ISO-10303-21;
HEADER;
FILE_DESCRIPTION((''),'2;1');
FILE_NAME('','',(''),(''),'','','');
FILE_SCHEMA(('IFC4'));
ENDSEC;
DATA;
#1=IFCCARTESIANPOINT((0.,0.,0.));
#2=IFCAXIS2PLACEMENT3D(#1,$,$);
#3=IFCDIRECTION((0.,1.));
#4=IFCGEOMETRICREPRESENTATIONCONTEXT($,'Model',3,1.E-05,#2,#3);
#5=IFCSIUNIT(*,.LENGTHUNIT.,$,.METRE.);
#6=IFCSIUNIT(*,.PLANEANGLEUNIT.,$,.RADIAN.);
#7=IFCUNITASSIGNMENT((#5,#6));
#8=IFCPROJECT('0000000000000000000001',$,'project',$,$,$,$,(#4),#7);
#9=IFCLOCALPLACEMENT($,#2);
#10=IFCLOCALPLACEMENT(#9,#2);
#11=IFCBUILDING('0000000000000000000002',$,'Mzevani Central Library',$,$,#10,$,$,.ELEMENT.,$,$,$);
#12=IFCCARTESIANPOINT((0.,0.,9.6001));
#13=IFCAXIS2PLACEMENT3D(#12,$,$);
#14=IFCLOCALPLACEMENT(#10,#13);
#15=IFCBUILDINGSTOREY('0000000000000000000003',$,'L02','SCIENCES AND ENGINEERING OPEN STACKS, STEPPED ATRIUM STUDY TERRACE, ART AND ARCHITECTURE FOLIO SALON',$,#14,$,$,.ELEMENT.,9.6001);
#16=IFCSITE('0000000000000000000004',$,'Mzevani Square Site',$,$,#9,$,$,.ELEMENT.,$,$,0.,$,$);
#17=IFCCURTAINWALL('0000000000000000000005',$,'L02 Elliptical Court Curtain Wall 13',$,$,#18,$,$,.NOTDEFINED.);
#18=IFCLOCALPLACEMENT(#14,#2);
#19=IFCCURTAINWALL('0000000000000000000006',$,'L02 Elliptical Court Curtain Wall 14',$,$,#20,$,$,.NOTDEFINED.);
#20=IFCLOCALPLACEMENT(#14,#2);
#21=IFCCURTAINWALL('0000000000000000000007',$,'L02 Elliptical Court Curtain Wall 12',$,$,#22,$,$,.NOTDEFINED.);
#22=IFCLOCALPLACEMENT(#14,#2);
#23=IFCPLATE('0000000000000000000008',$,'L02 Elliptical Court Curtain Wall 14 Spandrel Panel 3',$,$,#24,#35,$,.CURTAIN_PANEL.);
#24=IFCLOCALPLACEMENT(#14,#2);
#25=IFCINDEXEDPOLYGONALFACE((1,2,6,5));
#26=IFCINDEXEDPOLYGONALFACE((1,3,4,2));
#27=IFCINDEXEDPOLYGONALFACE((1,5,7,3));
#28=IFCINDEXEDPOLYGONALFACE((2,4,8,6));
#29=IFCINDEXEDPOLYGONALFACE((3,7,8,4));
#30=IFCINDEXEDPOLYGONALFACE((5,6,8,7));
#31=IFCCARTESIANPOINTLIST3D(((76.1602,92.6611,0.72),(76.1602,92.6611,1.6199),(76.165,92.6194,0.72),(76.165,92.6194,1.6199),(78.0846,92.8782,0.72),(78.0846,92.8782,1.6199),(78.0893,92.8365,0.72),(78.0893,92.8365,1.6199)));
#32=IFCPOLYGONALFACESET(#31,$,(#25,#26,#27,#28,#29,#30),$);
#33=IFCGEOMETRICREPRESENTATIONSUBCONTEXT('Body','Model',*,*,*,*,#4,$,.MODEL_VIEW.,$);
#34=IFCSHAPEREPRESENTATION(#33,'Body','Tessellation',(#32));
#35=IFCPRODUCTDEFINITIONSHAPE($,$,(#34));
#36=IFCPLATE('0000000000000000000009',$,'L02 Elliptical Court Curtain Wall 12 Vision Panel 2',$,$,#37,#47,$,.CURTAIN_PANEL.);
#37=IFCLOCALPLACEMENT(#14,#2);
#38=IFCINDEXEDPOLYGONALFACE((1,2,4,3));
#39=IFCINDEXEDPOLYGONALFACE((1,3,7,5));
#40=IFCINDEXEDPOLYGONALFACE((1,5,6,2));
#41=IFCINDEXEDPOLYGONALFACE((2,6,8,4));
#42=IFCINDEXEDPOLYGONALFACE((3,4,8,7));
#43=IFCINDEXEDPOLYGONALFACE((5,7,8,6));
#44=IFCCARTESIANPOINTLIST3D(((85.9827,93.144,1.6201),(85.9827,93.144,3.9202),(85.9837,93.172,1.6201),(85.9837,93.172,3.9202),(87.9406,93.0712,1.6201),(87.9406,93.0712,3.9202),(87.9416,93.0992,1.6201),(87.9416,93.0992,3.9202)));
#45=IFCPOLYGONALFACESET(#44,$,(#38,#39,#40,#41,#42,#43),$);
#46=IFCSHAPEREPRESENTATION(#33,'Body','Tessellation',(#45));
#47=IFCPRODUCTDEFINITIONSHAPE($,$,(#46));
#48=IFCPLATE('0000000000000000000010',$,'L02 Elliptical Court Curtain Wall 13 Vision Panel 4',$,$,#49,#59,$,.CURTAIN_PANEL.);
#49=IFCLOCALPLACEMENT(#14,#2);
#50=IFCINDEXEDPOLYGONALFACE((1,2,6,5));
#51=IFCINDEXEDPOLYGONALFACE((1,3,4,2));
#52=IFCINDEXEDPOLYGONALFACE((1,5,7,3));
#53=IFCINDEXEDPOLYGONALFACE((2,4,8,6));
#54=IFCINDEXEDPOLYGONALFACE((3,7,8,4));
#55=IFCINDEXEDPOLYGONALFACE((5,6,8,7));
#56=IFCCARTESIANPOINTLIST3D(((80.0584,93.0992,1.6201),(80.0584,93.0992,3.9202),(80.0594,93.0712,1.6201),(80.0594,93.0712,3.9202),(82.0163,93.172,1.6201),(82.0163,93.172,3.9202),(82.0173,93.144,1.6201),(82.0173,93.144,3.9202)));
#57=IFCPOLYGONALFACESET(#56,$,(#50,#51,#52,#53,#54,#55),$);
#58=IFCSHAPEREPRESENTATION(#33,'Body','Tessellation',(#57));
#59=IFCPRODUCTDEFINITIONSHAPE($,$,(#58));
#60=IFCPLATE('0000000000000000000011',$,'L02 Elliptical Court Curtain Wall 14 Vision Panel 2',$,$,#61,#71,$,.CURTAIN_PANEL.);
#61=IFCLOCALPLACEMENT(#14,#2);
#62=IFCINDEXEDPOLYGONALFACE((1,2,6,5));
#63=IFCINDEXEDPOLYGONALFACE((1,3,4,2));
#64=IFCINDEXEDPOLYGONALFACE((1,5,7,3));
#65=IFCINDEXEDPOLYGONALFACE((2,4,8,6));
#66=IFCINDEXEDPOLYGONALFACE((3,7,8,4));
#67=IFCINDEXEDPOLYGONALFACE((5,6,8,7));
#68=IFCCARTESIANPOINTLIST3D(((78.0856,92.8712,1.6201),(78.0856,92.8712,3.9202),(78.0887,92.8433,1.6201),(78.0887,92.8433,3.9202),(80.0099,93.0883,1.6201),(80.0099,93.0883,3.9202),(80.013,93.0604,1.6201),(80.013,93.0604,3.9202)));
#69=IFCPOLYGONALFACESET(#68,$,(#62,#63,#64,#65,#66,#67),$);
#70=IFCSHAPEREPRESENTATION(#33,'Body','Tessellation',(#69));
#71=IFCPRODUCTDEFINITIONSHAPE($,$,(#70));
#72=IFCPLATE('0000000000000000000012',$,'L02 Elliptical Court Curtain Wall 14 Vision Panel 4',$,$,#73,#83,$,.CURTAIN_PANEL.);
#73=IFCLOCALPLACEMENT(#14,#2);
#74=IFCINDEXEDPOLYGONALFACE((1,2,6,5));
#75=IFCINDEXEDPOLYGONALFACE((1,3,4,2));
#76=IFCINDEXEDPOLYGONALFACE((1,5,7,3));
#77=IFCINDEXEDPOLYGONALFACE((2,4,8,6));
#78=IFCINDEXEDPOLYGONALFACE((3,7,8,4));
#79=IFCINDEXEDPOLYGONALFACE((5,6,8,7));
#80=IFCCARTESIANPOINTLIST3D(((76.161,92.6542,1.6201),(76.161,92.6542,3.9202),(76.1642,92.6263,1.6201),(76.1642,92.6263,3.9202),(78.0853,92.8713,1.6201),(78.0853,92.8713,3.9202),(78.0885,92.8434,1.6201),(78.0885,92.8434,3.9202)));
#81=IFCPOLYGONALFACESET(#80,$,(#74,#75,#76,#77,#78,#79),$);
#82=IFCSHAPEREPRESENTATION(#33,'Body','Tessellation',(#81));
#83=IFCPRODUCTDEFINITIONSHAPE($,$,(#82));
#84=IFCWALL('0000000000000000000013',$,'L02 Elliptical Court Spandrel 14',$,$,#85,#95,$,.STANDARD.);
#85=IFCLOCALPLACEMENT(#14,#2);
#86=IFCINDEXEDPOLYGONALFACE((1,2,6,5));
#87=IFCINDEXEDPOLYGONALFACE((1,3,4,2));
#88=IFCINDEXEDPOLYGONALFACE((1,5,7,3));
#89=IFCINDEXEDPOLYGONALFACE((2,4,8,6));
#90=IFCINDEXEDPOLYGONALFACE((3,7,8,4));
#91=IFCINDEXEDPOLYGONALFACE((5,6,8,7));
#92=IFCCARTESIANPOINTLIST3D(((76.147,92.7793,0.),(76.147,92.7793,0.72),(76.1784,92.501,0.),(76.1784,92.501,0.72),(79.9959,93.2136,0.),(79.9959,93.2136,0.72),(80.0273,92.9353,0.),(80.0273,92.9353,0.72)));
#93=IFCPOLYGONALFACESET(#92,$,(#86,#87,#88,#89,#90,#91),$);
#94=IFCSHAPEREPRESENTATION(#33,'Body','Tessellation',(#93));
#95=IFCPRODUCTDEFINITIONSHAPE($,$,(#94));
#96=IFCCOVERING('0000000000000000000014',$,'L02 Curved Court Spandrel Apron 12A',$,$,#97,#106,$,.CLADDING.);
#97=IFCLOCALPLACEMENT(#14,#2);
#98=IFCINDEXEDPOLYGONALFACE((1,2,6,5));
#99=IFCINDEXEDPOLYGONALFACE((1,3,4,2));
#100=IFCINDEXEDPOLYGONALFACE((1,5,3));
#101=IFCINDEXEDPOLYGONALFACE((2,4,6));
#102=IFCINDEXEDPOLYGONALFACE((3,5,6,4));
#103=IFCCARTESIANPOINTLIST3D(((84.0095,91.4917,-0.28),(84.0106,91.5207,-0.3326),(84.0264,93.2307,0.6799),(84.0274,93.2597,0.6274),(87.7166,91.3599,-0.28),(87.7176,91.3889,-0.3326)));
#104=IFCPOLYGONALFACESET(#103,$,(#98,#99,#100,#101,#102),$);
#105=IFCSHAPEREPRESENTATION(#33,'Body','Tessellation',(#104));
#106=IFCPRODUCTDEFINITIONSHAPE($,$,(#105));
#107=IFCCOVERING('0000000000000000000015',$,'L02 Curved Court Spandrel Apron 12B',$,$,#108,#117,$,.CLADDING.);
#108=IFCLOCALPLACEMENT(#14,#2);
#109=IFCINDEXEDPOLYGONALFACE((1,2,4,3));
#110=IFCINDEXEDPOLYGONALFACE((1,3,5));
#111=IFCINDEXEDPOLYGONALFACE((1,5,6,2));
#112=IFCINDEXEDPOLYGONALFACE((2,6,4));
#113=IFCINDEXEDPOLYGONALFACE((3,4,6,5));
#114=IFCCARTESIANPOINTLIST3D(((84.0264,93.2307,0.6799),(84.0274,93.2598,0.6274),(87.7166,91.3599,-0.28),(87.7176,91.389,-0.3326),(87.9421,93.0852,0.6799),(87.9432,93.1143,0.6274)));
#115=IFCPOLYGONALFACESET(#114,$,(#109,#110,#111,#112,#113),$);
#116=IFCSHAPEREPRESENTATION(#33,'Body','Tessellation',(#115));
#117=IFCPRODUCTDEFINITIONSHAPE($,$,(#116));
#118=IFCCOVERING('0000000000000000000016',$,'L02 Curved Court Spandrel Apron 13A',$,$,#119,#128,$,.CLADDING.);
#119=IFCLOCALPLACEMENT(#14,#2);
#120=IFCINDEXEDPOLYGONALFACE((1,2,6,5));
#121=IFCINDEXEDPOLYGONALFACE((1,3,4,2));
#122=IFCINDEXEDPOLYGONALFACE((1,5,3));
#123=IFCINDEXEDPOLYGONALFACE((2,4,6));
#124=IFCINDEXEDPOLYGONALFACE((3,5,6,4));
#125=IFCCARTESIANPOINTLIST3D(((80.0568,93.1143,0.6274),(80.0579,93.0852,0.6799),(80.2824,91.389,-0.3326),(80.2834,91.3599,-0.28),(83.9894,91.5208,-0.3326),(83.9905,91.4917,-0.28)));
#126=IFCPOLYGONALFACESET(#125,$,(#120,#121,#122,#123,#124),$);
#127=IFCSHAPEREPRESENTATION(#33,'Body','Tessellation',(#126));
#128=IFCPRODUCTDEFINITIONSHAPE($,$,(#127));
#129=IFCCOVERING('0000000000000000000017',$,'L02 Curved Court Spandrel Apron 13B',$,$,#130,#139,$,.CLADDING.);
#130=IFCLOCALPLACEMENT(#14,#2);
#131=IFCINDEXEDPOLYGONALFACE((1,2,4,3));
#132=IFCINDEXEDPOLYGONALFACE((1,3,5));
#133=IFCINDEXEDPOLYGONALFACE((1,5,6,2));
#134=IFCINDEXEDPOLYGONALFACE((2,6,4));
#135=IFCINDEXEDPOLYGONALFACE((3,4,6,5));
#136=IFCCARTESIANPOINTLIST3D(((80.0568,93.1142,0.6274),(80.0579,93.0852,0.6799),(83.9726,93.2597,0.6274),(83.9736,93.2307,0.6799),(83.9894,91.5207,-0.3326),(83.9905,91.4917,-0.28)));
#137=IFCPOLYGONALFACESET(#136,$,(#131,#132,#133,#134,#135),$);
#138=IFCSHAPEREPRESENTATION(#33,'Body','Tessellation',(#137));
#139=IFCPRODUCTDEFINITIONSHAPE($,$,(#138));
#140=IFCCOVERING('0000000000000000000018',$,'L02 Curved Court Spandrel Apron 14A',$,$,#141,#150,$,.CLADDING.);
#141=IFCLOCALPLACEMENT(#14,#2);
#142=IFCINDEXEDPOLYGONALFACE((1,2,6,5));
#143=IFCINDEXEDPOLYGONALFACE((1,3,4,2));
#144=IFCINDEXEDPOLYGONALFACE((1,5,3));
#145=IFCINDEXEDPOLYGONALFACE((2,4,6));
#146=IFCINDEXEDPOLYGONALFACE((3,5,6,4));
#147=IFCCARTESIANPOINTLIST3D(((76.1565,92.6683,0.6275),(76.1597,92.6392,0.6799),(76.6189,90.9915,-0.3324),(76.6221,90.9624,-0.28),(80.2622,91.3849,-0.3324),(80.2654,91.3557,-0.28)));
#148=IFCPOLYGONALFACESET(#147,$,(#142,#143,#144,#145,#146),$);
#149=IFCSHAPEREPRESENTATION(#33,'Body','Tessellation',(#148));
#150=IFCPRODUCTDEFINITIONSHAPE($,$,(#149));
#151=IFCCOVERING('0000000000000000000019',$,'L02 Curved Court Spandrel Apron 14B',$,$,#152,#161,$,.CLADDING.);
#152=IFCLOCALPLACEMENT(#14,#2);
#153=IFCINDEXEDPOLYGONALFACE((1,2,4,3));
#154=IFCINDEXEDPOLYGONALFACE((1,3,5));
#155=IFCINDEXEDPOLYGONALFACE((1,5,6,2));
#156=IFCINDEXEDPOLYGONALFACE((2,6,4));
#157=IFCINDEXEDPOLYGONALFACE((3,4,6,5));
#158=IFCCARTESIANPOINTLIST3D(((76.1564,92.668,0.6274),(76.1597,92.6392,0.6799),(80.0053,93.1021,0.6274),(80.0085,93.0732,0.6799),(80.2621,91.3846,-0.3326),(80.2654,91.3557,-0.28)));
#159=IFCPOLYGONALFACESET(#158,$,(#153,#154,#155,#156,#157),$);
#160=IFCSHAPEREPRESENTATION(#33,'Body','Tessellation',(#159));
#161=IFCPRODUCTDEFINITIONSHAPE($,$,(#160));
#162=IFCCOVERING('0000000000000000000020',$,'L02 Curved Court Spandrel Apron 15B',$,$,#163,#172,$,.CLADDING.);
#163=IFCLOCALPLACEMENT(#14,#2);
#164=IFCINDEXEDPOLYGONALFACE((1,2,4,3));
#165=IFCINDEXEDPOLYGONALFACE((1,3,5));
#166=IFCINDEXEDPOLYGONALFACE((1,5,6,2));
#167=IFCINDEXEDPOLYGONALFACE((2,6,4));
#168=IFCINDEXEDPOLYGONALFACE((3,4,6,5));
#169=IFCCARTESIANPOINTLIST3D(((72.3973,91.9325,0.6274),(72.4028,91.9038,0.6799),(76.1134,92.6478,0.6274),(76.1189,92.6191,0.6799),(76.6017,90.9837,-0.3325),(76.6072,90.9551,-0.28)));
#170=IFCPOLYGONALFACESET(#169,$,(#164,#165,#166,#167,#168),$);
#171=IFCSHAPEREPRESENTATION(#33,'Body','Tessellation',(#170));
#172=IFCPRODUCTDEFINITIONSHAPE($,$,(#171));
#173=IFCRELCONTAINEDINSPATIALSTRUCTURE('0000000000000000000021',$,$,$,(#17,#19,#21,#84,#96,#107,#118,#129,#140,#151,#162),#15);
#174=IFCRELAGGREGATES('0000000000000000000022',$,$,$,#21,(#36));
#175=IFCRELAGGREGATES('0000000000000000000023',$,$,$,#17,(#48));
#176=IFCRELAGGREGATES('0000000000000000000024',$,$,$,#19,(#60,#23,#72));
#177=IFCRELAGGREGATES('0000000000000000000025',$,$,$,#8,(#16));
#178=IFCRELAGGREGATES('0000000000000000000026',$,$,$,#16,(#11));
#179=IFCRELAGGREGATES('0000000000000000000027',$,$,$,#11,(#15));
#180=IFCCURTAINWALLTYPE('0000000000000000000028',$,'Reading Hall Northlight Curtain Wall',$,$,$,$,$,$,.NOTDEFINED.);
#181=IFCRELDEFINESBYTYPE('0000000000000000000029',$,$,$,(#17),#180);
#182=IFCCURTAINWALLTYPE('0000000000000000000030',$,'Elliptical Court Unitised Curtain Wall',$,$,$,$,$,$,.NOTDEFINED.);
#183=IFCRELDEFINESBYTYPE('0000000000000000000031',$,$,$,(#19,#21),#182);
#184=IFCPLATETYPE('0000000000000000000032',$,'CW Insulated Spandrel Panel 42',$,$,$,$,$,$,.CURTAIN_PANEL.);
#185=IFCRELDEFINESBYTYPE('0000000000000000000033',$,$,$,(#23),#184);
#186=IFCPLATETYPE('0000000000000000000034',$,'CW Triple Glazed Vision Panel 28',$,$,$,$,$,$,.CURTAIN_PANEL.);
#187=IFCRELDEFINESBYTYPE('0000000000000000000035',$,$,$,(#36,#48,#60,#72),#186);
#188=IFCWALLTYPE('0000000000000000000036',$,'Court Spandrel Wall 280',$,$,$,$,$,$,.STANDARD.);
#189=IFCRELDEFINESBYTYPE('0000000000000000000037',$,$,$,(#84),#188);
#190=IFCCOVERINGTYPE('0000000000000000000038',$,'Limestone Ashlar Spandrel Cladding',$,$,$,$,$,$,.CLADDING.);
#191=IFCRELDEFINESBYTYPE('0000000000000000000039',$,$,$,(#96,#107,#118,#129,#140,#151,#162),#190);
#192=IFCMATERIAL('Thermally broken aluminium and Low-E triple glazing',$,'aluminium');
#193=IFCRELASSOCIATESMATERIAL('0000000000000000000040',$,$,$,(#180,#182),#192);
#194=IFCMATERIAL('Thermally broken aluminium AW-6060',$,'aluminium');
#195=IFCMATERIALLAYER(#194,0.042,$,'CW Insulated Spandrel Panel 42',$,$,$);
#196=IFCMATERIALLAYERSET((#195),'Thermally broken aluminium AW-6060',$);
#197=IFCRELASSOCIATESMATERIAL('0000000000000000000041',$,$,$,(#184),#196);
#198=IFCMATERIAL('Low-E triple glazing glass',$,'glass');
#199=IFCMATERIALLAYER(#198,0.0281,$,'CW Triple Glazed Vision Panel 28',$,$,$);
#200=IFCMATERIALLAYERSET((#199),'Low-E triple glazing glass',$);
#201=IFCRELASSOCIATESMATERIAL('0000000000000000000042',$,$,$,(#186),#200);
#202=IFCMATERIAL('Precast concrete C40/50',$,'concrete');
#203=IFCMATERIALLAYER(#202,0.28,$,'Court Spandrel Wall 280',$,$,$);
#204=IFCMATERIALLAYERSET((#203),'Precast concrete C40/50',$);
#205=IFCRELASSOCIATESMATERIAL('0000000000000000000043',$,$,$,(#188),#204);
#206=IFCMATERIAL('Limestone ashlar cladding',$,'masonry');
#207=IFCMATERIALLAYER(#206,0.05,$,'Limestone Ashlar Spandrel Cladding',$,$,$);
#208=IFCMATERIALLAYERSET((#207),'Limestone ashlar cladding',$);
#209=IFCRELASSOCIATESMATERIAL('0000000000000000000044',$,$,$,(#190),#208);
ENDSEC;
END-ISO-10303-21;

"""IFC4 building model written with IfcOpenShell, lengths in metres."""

from ifc_helpers import new_model, si_unit, direction, frame, frame_2d, origin, origin_2d, place, context, subcontext, project, spatial, polyline, rectangle, outline, extrude, material, layer, layer_set, type_object, element, aggregate, save


model = new_model("IFC4")

# Units and contexts
model_context = context("Model", 3, precision=1e-05, world=origin(), true_north=direction((0.0, 1.0)))
body_context = subcontext(model_context, "Body", "Model", "MODEL_VIEW")
ifc_project = project(units=[si_unit("LENGTHUNIT", "METRE"), si_unit("PLANEANGLEUNIT", "RADIAN")], contexts=[model_context])

# Site, building, storey
site_placement = place(None, origin())
site = spatial("IfcSite", under=ifc_project, at=site_placement, Name="Mzevani Square Site", CompositionType="ELEMENT", RefElevation=0.0)
building_placement = place(site_placement, origin())
building = spatial("IfcBuilding", under=site, at=building_placement, Name="Mzevani Central Library", CompositionType="ELEMENT")
storey_placement = place(building_placement, frame((0.0, 0.0, 9.6001)))
storey = spatial("IfcBuildingStorey", under=building, at=storey_placement, Name="L02", Description="SCIENCES AND ENGINEERING OPEN STACKS, STEPPED ATRIUM STUDY TERRACE, ART AND ARCHITECTURE FOLIO SALON", CompositionType="ELEMENT", Elevation=9.6001)

# Curtain walls
ifc_material_1 = material(Name="Thermally broken aluminium and Low-E triple glazing", Category="aluminium")
curtain_wall_type_1 = type_object("IfcCurtainWallType", Name="Reading Hall Northlight Curtain Wall", PredefinedType="NOTDEFINED", material=ifc_material_1)
curtain_wall_1_placement = place(storey_placement, origin())
curtain_wall_1 = element("IfcCurtainWall", 1, at=curtain_wall_1_placement, inside=storey, type_object=curtain_wall_type_1, Name="L02 Elliptical Court Curtain Wall 13", PredefinedType="NOTDEFINED")
ifc_material_2 = material(Name="Thermally broken aluminium AW-6060", Category="aluminium")
curtain_wall_type_2 = type_object("IfcCurtainWallType", Name="Elliptical Court Unitised Curtain Wall", PredefinedType="NOTDEFINED", material=ifc_material_1)
curtain_wall_2_placement = place(storey_placement, origin())
curtain_wall_2 = element("IfcCurtainWall", 2, at=curtain_wall_2_placement, inside=storey, type_object=curtain_wall_type_2, Name="L02 Elliptical Court Curtain Wall 14", PredefinedType="NOTDEFINED")

# Curtain wall
curtain_wall_3_placement = place(storey_placement, origin())
curtain_wall_3 = element("IfcCurtainWall", 3, at=curtain_wall_3_placement, inside=storey, type_object=curtain_wall_type_2, Name="L02 Elliptical Court Curtain Wall 12", PredefinedType="NOTDEFINED")
ifc_layer_1 = layer(ifc_material_2, 0.042, Name="CW Insulated Spandrel Panel 42")
ifc_layer_set_1 = layer_set([ifc_layer_1], Name="Thermally broken aluminium AW-6060")
plate_type_1 = type_object("IfcPlateType", Name="CW Insulated Spandrel Panel 42", PredefinedType="CURTAIN_PANEL", material=ifc_layer_set_1)

# Plates
plate_1_placement = place(storey_placement, frame((77.1248, 92.7488, 0.72), z_axis=(0.0, 0.0, 1.0), x_axis=(-0.993697, -0.112104, 0.0)))
plate_1 = element("IfcPlate", 4, at=plate_1_placement, type_object=plate_type_1, Name="L02 Elliptical Court Curtain Wall 14 Spandrel Panel 3", PredefinedType="CURTAIN_PANEL", context=body_context, shape_type="SweptSolid", body=[
    extrude(rectangle(XDim=1.9365, YDim=0.042, at=origin_2d()), origin(), (0.0, 0.0, 1.0), 0.8999),
])
ifc_material_3 = material(Name="Low-E triple glazing glass", Category="glass")
ifc_layer_2 = layer(ifc_material_3, 0.0281, Name="CW Triple Glazed Vision Panel 28")
ifc_layer_set_2 = layer_set([ifc_layer_2], Name="Low-E triple glazing glass")
plate_type_2 = type_object("IfcPlateType", Name="CW Triple Glazed Vision Panel 28", PredefinedType="CURTAIN_PANEL", material=ifc_layer_set_2)
plate_2_placement = place(storey_placement, frame((86.9622, 93.1216, 1.6201), z_axis=(0.0, 0.0, 1.0), x_axis=(-0.999309, 0.037158, 0.0)))
plate_2 = element("IfcPlate", 5, at=plate_2_placement, type_object=plate_type_2, Name="L02 Elliptical Court Curtain Wall 12 Vision Panel 2", PredefinedType="CURTAIN_PANEL", context=body_context, shape_type="SweptSolid", body=[
    extrude(rectangle(XDim=1.9592, YDim=0.0281, at=origin_2d()), origin(), (0.0, 0.0, 1.0), 2.3),
])
aggregate(curtain_wall_3, [plate_2])
plate_3_placement = place(storey_placement, frame((81.0378, 93.1216, 1.6201), z_axis=(0.0, 0.0, 1.0), x_axis=(-0.999309, -0.037158, 0.0)))
plate_3 = element("IfcPlate", 6, at=plate_3_placement, type_object=plate_type_2, Name="L02 Elliptical Court Curtain Wall 13 Vision Panel 4", PredefinedType="CURTAIN_PANEL", context=body_context, shape_type="SweptSolid", body=[
    extrude(rectangle(XDim=1.9592, YDim=0.0281, at=origin_2d()), origin(), (0.0, 0.0, 1.0), 2.3),
])
aggregate(curtain_wall_1, [plate_3])
plate_4_placement = place(storey_placement, frame((79.0493, 92.9658, 1.6201), z_axis=(0.0, 0.0, 1.0), x_axis=(-0.993697, -0.112104, 0.0)))
plate_4 = element("IfcPlate", 7, at=plate_4_placement, type_object=plate_type_2, Name="L02 Elliptical Court Curtain Wall 14 Vision Panel 2", PredefinedType="CURTAIN_PANEL", context=body_context, shape_type="SweptSolid", body=[
    extrude(rectangle(XDim=1.9365, YDim=0.0281, at=origin_2d()), origin(), (0.0, 0.0, 1.0), 2.3),
])
plate_5_placement = place(storey_placement, frame((77.1248, 92.7488, 1.6201), z_axis=(0.0, 0.0, 1.0), x_axis=(-0.993697, -0.112104, 0.0)))
plate_5 = element("IfcPlate", 8, at=plate_5_placement, type_object=plate_type_2, Name="L02 Elliptical Court Curtain Wall 14 Vision Panel 4", PredefinedType="CURTAIN_PANEL", context=body_context, shape_type="SweptSolid", body=[
    extrude(rectangle(XDim=1.9365, YDim=0.0281, at=origin_2d()), origin(), (0.0, 0.0, 1.0), 2.3),
])
aggregate(curtain_wall_2, [plate_4, plate_1, plate_5])

# Wall
ifc_material_4 = material(Name="Precast concrete C40/50", Category="concrete")
ifc_layer_3 = layer(ifc_material_4, 0.28, Name="Court Spandrel Wall 280")
ifc_layer_set_3 = layer_set([ifc_layer_3], Name="Precast concrete C40/50")
wall_type = type_object("IfcWallType", Name="Court Spandrel Wall 280", PredefinedType="STANDARD", material=ifc_layer_set_3)
wall_placement = place(storey_placement, frame((80.0115, 93.0745, 0.0), z_axis=(0.0, 0.0, 1.0), x_axis=(-0.993693, -0.112133, 0.0)))
element("IfcWall", 9, at=wall_placement, inside=storey, type_object=wall_type, Name="L02 Elliptical Court Spandrel 14", PredefinedType="STANDARD", context=body_context, shape_type="SweptSolid", body=[
    extrude(rectangle(XDim=3.8733, YDim=0.28, at=frame_2d((1.9365, 0.0))), origin(), (0.0, 0.0, 1.0), 0.72),
])

# Coverings
ifc_material_5 = material(Name="Limestone ashlar cladding", Category="masonry")
ifc_layer_4 = layer(ifc_material_5, 0.05, Name="Limestone Ashlar Spandrel Cladding")
ifc_layer_set_4 = layer_set([ifc_layer_4], Name="Limestone ashlar cladding")
covering_type = type_object("IfcCoveringType", Name="Limestone Ashlar Spandrel Cladding", PredefinedType="CLADDING", material=ifc_layer_set_4)
covering_1_placement = place(storey_placement, frame((87.7166, 91.3599, -0.28), z_axis=(-0.01718, -0.483073, 0.875411), x_axis=(-0.999368, 0.035541, 0.0)))
element("IfcCovering", 10, at=covering_1_placement, inside=storey, type_object=covering_type, Name="L02 Curved Court Spandrel Apron 12A", PredefinedType="CLADDING", context=body_context, shape_type="SweptSolid", body=[
    extrude(outline(polyline([(0.0, 0.0), (3.7094, 0.0), (3.7543, -1.9859), (0.0, 0.0)])), origin(), (0.0, 0.0, -1.0), 0.0601),
])
covering_2_placement = place(storey_placement, frame((87.7166, 91.3599, -0.28), z_axis=(-0.017997, -0.484323, 0.874704), x_axis=(-0.868843, 0.440486, 0.22602)))
element("IfcCovering", 11, at=covering_2_placement, inside=storey, type_object=covering_type, Name="L02 Curved Court Spandrel Apron 12B", PredefinedType="CLADDING", context=body_context, shape_type="SweptSolid", body=[
    extrude(outline(polyline([(0.0, 0.0), (4.2472, 0.0), (0.781, -1.8274), (0.0, 0.0)])), origin(), (0.0, 0.0, -1.0), 0.0601),
])
covering_3_placement = place(storey_placement, frame((83.9905, 91.4917, -0.28), z_axis=(0.017227, -0.484406, 0.874674), x_axis=(-0.999368, -0.035541, 0.0)))
element("IfcCovering", 12, at=covering_3_placement, inside=storey, type_object=covering_type, Name="L02 Curved Court Spandrel Apron 13A", PredefinedType="CLADDING", context=body_context, shape_type="SweptSolid", body=[
    extrude(outline(polyline([(0.0, 0.0), (3.7094, 0.0), (3.8735, -1.9805), (0.0, 0.0)])), origin(), (0.0, 0.0, -1.0), 0.0601),
])
covering_4_placement = place(storey_placement, frame((83.9905, 91.4917, -0.28), z_axis=(0.01795, -0.483061, 0.875403), x_axis=(-0.90396, 0.366287, 0.220659)))
element("IfcCovering", 13, at=covering_4_placement, inside=storey, type_object=covering_type, Name="L02 Curved Court Spandrel Apron 13B", PredefinedType="CLADDING", context=body_context, shape_type="SweptSolid", body=[
    extrude(outline(polyline([(0.0, 0.0), (4.3504, 0.0), (0.864, -1.7887), (0.0, 0.0)])), origin(), (0.0, 0.0, -1.0), 0.0601),
])
covering_5_placement = place(storey_placement, frame((80.2654, 91.3557, -0.28), z_axis=(0.052384, -0.485245, 0.872808), x_axis=(-0.994223, -0.107331, 0.0)))
element("IfcCovering", 14, at=covering_5_placement, inside=storey, type_object=covering_type, Name="L02 Curved Court Spandrel Apron 14A", PredefinedType="CLADDING", context=body_context, shape_type="SweptSolid", body=[
    extrude(outline(polyline([(0.0, 0.0), (3.6645, 0.0), (3.9442, -1.9669), (0.0, 0.0)])), origin(), (0.0, 0.0, -1.0), 0.0601),
])
covering_6_placement = place(storey_placement, frame((80.2654, 91.3557, -0.28), z_axis=(0.054245, -0.480974, 0.875055), x_axis=(-0.931539, 0.291199, 0.217804)))
element("IfcCovering", 15, at=covering_6_placement, inside=storey, type_object=covering_type, Name="L02 Curved Court Spandrel Apron 14B", PredefinedType="CLADDING", context=body_context, shape_type="SweptSolid", body=[
    extrude(outline(polyline([(0.0, 0.0), (4.4075, 0.0), (0.9485, -1.7429), (0.0, 0.0)])), origin(), (0.0, 0.0, -1.0), 0.0601),
])
covering_7_placement = place(storey_placement, frame((76.6072, 90.9551, -0.28), z_axis=(0.091863, -0.477219, 0.87397), x_axis=(-0.952142, 0.214855, 0.217399)))
element("IfcCovering", 16, at=covering_7_placement, inside=storey, type_object=covering_type, Name="L02 Curved Court Spandrel Apron 15B", PredefinedType="CLADDING", context=body_context, shape_type="SweptSolid", body=[
    extrude(outline(polyline([(0.0, 0.0), (4.4157, 0.0), (1.0311, -1.6929), (0.0, 0.0)])), origin(), (0.0, 0.0, -1.0), 0.0601),
])

save(model, "model.ifc")
